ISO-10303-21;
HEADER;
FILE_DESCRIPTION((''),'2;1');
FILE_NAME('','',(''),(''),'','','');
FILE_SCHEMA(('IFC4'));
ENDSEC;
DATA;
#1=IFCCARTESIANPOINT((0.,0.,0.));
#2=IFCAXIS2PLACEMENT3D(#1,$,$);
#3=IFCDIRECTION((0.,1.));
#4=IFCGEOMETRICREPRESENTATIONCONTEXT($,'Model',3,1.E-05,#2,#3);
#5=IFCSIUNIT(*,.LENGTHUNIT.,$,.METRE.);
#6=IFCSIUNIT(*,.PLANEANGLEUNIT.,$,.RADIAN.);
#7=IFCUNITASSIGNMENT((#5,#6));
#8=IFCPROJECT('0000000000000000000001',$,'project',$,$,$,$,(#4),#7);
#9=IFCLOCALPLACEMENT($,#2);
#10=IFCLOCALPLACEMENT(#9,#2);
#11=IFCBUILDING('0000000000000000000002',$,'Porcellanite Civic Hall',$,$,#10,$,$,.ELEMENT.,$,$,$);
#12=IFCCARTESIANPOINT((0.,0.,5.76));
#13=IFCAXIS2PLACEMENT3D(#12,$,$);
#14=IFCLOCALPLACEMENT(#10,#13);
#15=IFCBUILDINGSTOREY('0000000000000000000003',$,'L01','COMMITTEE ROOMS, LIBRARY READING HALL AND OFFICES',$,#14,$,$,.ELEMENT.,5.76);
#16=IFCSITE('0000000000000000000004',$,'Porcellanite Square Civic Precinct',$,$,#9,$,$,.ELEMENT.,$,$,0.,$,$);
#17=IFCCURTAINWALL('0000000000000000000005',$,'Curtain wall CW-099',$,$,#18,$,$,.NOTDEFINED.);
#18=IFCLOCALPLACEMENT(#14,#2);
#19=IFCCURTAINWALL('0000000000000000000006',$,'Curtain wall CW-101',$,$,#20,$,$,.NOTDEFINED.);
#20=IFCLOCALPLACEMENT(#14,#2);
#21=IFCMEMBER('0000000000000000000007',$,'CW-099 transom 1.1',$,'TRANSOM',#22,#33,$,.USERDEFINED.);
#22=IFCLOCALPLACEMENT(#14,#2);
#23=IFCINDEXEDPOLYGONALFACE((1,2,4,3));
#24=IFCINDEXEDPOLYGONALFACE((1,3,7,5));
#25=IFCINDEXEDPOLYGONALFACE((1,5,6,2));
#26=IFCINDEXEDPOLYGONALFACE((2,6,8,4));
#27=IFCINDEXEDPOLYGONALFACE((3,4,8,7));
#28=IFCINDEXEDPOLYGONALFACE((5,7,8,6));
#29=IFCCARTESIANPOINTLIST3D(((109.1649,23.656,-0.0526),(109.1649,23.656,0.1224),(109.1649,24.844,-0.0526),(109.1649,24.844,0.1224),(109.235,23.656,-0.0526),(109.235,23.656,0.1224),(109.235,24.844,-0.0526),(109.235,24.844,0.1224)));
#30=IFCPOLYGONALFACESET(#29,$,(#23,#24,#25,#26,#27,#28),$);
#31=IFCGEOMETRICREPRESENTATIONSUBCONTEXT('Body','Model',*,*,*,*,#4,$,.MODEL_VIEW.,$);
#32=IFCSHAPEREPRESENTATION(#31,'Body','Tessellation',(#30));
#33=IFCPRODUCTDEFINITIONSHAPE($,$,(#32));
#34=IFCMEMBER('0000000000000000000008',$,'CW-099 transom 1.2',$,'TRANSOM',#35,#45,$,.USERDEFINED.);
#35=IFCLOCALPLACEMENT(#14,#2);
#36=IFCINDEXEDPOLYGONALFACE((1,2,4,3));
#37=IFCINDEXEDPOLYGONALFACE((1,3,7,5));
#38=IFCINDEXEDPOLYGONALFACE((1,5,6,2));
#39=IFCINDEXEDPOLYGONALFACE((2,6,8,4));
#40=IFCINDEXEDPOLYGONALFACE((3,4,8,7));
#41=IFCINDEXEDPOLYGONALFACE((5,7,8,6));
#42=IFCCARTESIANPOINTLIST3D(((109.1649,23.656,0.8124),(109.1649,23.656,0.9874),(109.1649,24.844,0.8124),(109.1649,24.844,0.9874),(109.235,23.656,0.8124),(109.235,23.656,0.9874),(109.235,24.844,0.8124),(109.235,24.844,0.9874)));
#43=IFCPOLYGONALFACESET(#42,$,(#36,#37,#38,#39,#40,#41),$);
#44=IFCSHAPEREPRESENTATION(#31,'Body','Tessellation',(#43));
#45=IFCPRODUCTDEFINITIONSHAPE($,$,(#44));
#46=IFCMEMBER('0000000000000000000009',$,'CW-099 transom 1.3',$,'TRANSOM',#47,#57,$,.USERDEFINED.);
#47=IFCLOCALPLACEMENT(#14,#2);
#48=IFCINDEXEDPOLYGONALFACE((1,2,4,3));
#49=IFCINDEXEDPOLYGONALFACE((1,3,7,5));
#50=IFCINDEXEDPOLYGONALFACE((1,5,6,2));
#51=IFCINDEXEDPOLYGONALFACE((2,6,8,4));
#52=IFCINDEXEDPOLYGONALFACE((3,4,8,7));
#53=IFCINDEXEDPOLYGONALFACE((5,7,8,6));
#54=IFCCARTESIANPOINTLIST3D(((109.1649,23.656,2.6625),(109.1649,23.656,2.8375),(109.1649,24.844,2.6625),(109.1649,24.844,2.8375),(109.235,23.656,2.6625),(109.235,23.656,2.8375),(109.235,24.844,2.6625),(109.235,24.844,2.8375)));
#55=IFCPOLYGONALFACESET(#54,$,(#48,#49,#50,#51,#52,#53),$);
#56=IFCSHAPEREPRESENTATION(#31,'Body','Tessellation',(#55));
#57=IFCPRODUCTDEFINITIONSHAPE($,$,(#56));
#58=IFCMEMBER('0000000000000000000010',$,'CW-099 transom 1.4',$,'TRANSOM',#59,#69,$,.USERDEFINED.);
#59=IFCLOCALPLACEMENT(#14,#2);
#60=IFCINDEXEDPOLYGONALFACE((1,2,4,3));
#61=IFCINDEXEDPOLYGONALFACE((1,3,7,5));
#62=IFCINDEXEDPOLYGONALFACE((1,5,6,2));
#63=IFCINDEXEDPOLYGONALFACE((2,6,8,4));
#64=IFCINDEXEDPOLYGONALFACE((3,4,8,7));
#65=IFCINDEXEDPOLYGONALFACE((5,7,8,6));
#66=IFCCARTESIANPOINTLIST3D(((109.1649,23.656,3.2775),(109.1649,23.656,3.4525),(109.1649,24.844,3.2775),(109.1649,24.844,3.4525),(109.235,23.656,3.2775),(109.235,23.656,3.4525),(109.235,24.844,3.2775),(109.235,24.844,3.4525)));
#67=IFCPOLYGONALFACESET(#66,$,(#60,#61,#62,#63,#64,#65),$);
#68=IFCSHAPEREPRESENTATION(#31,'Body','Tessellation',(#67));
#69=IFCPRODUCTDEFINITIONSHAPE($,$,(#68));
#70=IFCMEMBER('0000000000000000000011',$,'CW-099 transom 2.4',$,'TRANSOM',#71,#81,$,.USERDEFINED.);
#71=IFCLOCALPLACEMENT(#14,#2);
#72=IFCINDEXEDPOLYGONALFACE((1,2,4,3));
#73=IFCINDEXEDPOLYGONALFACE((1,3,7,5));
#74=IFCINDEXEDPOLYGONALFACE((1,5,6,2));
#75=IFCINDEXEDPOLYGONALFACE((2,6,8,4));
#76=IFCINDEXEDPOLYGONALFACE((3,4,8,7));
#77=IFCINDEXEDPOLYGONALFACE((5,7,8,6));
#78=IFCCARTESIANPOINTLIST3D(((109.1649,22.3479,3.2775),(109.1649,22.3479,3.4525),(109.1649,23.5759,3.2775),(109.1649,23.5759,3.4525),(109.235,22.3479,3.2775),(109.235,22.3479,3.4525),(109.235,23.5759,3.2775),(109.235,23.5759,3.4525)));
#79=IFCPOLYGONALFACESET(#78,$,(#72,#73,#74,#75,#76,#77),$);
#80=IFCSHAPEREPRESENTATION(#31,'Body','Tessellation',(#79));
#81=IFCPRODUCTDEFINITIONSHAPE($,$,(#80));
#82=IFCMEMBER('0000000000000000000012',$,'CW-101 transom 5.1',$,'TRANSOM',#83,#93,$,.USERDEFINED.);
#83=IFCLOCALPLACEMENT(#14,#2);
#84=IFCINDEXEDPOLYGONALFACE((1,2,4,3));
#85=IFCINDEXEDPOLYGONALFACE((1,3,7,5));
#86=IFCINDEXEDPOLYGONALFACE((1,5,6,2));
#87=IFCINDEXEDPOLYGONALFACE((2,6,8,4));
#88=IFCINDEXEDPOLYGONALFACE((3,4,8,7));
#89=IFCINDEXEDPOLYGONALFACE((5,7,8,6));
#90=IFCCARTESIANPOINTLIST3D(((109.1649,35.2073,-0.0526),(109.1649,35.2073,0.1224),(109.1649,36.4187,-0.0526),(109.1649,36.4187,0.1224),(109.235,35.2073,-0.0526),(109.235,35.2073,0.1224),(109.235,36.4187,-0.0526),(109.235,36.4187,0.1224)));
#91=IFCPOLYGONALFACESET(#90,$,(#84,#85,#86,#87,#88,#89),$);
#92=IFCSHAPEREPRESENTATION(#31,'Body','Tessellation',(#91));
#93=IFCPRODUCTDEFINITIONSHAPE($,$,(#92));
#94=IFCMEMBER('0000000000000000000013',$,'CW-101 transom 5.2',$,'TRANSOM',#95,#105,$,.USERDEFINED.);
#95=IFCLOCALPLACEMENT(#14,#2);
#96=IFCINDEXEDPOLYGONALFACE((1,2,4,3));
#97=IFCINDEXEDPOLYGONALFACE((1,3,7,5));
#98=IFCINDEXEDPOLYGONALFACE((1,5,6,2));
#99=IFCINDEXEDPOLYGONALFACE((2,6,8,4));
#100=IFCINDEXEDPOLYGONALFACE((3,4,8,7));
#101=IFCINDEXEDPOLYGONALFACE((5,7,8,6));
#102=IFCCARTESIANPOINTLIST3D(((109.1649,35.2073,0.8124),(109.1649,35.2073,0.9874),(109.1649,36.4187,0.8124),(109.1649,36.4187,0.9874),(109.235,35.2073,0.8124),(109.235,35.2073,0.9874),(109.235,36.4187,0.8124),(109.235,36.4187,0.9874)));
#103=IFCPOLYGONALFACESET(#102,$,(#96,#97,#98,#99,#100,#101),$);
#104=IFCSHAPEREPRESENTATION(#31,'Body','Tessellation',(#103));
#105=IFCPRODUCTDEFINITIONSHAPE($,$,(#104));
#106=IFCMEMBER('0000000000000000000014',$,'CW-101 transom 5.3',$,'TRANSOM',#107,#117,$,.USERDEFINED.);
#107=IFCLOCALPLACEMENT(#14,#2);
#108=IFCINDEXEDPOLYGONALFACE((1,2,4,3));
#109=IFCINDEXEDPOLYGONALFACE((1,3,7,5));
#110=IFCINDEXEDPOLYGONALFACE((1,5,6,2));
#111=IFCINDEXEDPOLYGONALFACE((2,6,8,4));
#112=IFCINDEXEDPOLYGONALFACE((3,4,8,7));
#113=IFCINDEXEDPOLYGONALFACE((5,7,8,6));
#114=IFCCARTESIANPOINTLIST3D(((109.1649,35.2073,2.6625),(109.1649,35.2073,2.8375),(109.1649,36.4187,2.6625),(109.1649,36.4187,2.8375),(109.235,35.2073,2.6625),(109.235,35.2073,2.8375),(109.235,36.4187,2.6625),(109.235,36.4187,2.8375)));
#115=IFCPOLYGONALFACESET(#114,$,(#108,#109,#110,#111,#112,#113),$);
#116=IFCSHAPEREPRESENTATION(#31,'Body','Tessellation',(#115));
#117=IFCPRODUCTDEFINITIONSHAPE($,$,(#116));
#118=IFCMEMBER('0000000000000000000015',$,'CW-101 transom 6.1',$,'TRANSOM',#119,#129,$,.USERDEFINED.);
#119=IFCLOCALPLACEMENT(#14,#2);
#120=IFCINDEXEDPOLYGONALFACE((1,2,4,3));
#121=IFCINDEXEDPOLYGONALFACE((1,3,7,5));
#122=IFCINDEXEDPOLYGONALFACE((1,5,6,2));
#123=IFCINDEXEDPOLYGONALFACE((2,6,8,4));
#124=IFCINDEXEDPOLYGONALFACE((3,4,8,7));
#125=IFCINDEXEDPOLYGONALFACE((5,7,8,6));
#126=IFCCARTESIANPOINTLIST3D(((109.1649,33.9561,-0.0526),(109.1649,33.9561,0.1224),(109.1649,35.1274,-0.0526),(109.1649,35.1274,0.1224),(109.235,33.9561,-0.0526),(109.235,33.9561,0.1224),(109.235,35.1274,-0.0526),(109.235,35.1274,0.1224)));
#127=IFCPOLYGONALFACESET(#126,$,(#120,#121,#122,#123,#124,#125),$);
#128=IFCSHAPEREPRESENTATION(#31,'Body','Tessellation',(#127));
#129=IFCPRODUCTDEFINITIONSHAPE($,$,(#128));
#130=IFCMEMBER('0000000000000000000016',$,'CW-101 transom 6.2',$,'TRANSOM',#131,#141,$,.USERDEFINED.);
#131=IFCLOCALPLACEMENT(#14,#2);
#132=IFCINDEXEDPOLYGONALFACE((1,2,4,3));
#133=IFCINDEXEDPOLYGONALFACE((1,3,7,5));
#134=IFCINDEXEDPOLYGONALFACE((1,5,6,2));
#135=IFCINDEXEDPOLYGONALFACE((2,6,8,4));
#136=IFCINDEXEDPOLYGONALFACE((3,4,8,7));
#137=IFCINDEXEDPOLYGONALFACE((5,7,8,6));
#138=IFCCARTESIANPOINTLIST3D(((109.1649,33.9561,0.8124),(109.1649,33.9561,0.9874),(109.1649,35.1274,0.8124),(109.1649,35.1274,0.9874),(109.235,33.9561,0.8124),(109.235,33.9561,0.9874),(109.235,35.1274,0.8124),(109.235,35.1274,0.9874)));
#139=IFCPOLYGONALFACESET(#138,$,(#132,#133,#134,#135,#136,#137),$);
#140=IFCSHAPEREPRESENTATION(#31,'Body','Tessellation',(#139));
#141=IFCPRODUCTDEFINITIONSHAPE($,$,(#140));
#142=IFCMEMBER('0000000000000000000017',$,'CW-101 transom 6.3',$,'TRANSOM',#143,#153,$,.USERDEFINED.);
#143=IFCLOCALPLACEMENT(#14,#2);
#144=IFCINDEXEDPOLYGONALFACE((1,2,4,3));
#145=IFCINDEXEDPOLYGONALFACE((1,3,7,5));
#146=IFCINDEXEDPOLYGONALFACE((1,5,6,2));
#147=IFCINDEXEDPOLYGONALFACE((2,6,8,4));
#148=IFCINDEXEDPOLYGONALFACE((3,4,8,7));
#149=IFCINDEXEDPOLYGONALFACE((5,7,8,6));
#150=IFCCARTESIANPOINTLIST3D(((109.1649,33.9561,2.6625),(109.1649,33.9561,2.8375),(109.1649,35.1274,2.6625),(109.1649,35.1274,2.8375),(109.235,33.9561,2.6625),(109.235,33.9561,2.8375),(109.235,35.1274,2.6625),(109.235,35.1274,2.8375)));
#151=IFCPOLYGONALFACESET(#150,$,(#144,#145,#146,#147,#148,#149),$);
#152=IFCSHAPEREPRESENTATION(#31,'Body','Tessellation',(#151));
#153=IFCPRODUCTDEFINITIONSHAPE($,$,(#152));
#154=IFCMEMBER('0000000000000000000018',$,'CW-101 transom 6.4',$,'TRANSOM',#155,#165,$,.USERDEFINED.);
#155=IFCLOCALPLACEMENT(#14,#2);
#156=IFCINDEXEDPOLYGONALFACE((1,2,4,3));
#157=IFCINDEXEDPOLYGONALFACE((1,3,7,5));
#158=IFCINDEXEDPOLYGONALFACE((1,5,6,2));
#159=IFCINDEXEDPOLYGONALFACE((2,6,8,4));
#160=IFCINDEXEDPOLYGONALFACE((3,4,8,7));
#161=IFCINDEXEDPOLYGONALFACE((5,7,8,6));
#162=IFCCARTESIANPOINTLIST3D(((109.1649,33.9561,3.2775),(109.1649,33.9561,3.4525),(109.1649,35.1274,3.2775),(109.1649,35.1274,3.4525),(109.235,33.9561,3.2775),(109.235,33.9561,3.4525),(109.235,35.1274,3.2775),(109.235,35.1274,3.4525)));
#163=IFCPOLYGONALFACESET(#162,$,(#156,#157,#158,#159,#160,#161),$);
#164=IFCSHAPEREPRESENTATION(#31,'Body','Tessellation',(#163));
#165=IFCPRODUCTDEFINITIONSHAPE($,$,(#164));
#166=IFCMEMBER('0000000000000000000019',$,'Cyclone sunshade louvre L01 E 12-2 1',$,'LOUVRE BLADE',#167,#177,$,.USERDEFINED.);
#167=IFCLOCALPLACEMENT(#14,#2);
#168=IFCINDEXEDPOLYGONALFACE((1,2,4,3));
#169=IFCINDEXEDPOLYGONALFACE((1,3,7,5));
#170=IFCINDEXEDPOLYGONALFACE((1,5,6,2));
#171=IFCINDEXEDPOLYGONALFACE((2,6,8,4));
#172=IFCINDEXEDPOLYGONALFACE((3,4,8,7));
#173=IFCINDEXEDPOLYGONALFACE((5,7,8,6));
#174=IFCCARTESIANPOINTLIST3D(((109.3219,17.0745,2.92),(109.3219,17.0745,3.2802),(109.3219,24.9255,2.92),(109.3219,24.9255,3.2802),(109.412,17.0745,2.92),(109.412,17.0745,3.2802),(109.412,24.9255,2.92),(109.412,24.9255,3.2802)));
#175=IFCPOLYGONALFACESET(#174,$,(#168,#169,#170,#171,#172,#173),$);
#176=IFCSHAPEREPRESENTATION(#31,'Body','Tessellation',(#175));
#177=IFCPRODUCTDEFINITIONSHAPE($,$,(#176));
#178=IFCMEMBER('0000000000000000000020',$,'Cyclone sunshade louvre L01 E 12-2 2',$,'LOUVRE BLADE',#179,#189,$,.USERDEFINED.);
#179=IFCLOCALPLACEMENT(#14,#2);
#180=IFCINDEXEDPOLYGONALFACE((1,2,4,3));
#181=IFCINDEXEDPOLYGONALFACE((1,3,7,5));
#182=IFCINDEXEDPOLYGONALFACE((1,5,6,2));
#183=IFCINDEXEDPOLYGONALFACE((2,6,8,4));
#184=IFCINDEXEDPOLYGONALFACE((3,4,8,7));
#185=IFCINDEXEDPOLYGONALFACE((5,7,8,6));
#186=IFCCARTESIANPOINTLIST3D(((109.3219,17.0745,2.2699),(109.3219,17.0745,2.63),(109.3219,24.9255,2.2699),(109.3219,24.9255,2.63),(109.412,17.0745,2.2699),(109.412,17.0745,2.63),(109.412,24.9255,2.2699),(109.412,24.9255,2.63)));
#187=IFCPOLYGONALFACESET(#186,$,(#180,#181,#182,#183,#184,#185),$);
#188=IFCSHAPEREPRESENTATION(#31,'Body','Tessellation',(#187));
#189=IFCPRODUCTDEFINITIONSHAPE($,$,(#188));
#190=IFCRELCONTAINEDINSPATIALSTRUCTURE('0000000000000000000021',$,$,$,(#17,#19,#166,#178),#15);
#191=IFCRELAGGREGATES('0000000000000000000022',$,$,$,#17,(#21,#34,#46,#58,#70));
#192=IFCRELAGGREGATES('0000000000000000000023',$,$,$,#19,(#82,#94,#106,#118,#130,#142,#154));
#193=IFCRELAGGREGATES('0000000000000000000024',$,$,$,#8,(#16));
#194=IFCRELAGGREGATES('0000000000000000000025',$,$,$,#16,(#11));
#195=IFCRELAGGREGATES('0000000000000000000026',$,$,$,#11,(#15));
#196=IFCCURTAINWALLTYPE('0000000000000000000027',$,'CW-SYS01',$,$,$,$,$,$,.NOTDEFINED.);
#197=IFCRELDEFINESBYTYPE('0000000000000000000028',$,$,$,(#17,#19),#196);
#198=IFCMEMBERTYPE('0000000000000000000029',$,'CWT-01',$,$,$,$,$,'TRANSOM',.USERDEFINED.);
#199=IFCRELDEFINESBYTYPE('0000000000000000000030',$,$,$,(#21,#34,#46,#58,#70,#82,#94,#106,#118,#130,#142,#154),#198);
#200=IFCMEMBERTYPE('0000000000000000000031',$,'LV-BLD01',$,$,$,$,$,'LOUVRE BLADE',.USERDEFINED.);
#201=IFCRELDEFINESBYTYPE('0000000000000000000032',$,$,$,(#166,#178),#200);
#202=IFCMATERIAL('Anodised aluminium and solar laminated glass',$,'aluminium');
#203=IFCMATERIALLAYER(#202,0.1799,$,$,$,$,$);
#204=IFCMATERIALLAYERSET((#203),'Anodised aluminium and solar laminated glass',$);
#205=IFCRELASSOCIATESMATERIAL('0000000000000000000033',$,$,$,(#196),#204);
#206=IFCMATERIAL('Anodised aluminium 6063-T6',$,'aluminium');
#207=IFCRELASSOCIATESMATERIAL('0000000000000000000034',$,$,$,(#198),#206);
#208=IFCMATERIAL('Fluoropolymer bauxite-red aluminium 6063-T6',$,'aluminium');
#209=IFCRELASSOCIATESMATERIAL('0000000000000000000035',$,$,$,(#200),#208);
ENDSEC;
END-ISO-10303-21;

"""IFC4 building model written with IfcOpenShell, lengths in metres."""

from ifc_helpers import new_model, si_unit, direction, frame, origin, origin_2d, place, context, subcontext, project, spatial, rectangle, extrude, material, layer, layer_set, material_profile, profile_set, type_object, element, aggregate, save


model = new_model("IFC4")

# Units and contexts
model_context = context("Model", 3, precision=1e-05, world=origin(), true_north=direction((0.0, 1.0)))
body_context = subcontext(model_context, "Body", "Model", "MODEL_VIEW")
ifc_project = project(units=[si_unit("LENGTHUNIT", "METRE"), si_unit("PLANEANGLEUNIT", "RADIAN")], contexts=[model_context])

# Site, building, storey
site_placement = place(None, origin())
site = spatial("IfcSite", under=ifc_project, at=site_placement, Name="Porcellanite Square Civic Precinct", CompositionType="ELEMENT", RefElevation=0.0)
building_placement = place(site_placement, origin())
building = spatial("IfcBuilding", under=site, at=building_placement, Name="Porcellanite Civic Hall", CompositionType="ELEMENT")
storey_placement = place(building_placement, frame((0.0, 0.0, 5.76)))
storey = spatial("IfcBuildingStorey", under=building, at=storey_placement, Name="L01", Description="COMMITTEE ROOMS, LIBRARY READING HALL AND OFFICES", CompositionType="ELEMENT", Elevation=5.76)

# Curtain walls
ifc_material_1 = material(Name="Anodised aluminium and solar laminated glass", Category="aluminium")
ifc_layer_1 = layer(ifc_material_1, 0.1799)
ifc_layer_set_1 = layer_set([ifc_layer_1], Name="Anodised aluminium and solar laminated glass")
curtain_wall_type = type_object("IfcCurtainWallType", Name="CW-SYS01", PredefinedType="NOTDEFINED", material=ifc_layer_set_1)
curtain_wall_1_placement = place(storey_placement, origin())
curtain_wall_1 = element("IfcCurtainWall", 1, at=curtain_wall_1_placement, inside=storey, type_object=curtain_wall_type, Name="Curtain wall CW-099", PredefinedType="NOTDEFINED")
curtain_wall_2_placement = place(storey_placement, origin())
curtain_wall_2 = element("IfcCurtainWall", 2, at=curtain_wall_2_placement, inside=storey, type_object=curtain_wall_type, Name="Curtain wall CW-101", PredefinedType="NOTDEFINED")

# Members
ifc_material_2 = material(Name="Anodised aluminium 6063-T6", Category="aluminium")
ifc_material_profile_1 = material_profile(ifc_material_2, rectangle(XDim=0.0701, YDim=0.175, at=origin_2d()), Name="AL-70x175")
ifc_profile_set_1 = profile_set([ifc_material_profile_1], Name="Anodised aluminium 6063-T6")
member_type_1 = type_object("IfcMemberType", Name="CWT-01", ElementType="TRANSOM", PredefinedType="USERDEFINED", material=ifc_profile_set_1)
member_1_placement = place(storey_placement, frame((109.2, 24.844, 0.0349), z_axis=(0.0, -1.0, 0.0), x_axis=(1.0, 0.0, 0.0)))
member_1 = element("IfcMember", 3, at=member_1_placement, type_object=member_type_1, Name="CW-099 transom 1.1", ObjectType="TRANSOM", PredefinedType="USERDEFINED", context=body_context, shape_type="SweptSolid", body=[
    extrude(rectangle(XDim=0.0701, YDim=0.175, at=origin_2d()), origin(), (0.0, 0.0, 1.0), 1.188),
])
member_2_placement = place(storey_placement, frame((109.2, 24.844, 0.8999), z_axis=(0.0, -1.0, 0.0), x_axis=(1.0, 0.0, 0.0)))
member_2 = element("IfcMember", 4, at=member_2_placement, type_object=member_type_1, Name="CW-099 transom 1.2", ObjectType="TRANSOM", PredefinedType="USERDEFINED", context=body_context, shape_type="SweptSolid", body=[
    extrude(rectangle(XDim=0.0701, YDim=0.175, at=origin_2d()), origin(), (0.0, 0.0, 1.0), 1.188),
])
member_3_placement = place(storey_placement, frame((109.2, 24.844, 2.75), z_axis=(0.0, -1.0, 0.0), x_axis=(1.0, 0.0, 0.0)))
member_3 = element("IfcMember", 5, at=member_3_placement, type_object=member_type_1, Name="CW-099 transom 1.3", ObjectType="TRANSOM", PredefinedType="USERDEFINED", context=body_context, shape_type="SweptSolid", body=[
    extrude(rectangle(XDim=0.0701, YDim=0.175, at=origin_2d()), origin(), (0.0, 0.0, 1.0), 1.188),
])
member_4_placement = place(storey_placement, frame((109.2, 24.844, 3.365), z_axis=(0.0, -1.0, 0.0), x_axis=(1.0, 0.0, 0.0)))
member_4 = element("IfcMember", 6, at=member_4_placement, type_object=member_type_1, Name="CW-099 transom 1.4", ObjectType="TRANSOM", PredefinedType="USERDEFINED", context=body_context, shape_type="SweptSolid", body=[
    extrude(rectangle(XDim=0.0701, YDim=0.175, at=origin_2d()), origin(), (0.0, 0.0, 1.0), 1.188),
])
member_5_placement = place(storey_placement, frame((109.2, 23.5759, 3.365), z_axis=(0.0, -1.0, 0.0), x_axis=(1.0, 0.0, 0.0)))
member_5 = element("IfcMember", 7, at=member_5_placement, type_object=member_type_1, Name="CW-099 transom 2.4", ObjectType="TRANSOM", PredefinedType="USERDEFINED", context=body_context, shape_type="SweptSolid", body=[
    extrude(rectangle(XDim=0.0701, YDim=0.175, at=origin_2d()), origin(), (0.0, 0.0, 1.0), 1.228),
])
member_6_placement = place(storey_placement, frame((109.2, 36.4187, 0.0349), z_axis=(0.0, -1.0, 0.0), x_axis=(1.0, 0.0, 0.0)))
member_6 = element("IfcMember", 8, at=member_6_placement, type_object=member_type_1, Name="CW-101 transom 5.1", ObjectType="TRANSOM", PredefinedType="USERDEFINED", context=body_context, shape_type="SweptSolid", body=[
    extrude(rectangle(XDim=0.0701, YDim=0.175, at=origin_2d()), origin(), (0.0, 0.0, 1.0), 1.2114),
])
member_7_placement = place(storey_placement, frame((109.2, 36.4187, 0.8999), z_axis=(0.0, -1.0, 0.0), x_axis=(1.0, 0.0, 0.0)))
member_7 = element("IfcMember", 9, at=member_7_placement, type_object=member_type_1, Name="CW-101 transom 5.2", ObjectType="TRANSOM", PredefinedType="USERDEFINED", context=body_context, shape_type="SweptSolid", body=[
    extrude(rectangle(XDim=0.0701, YDim=0.175, at=origin_2d()), origin(), (0.0, 0.0, 1.0), 1.2114),
])
member_8_placement = place(storey_placement, frame((109.2, 36.4187, 2.75), z_axis=(0.0, -1.0, 0.0), x_axis=(1.0, 0.0, 0.0)))
member_8 = element("IfcMember", 10, at=member_8_placement, type_object=member_type_1, Name="CW-101 transom 5.3", ObjectType="TRANSOM", PredefinedType="USERDEFINED", context=body_context, shape_type="SweptSolid", body=[
    extrude(rectangle(XDim=0.0701, YDim=0.175, at=origin_2d()), origin(), (0.0, 0.0, 1.0), 1.2114),
])
member_9_placement = place(storey_placement, frame((109.2, 35.1274, 0.0349), z_axis=(0.0, -1.0, 0.0), x_axis=(1.0, 0.0, 0.0)))
member_9 = element("IfcMember", 11, at=member_9_placement, type_object=member_type_1, Name="CW-101 transom 6.1", ObjectType="TRANSOM", PredefinedType="USERDEFINED", context=body_context, shape_type="SweptSolid", body=[
    extrude(rectangle(XDim=0.0701, YDim=0.175, at=origin_2d()), origin(), (0.0, 0.0, 1.0), 1.1714),
])
member_10_placement = place(storey_placement, frame((109.2, 35.1274, 0.8999), z_axis=(0.0, -1.0, 0.0), x_axis=(1.0, 0.0, 0.0)))
member_10 = element("IfcMember", 12, at=member_10_placement, type_object=member_type_1, Name="CW-101 transom 6.2", ObjectType="TRANSOM", PredefinedType="USERDEFINED", context=body_context, shape_type="SweptSolid", body=[
    extrude(rectangle(XDim=0.0701, YDim=0.175, at=origin_2d()), origin(), (0.0, 0.0, 1.0), 1.1714),
])
member_11_placement = place(storey_placement, frame((109.2, 35.1274, 2.75), z_axis=(0.0, -1.0, 0.0), x_axis=(1.0, 0.0, 0.0)))
member_11 = element("IfcMember", 13, at=member_11_placement, type_object=member_type_1, Name="CW-101 transom 6.3", ObjectType="TRANSOM", PredefinedType="USERDEFINED", context=body_context, shape_type="SweptSolid", body=[
    extrude(rectangle(XDim=0.0701, YDim=0.175, at=origin_2d()), origin(), (0.0, 0.0, 1.0), 1.1714),
])
member_12_placement = place(storey_placement, frame((109.2, 35.1274, 3.365), z_axis=(0.0, -1.0, 0.0), x_axis=(1.0, 0.0, 0.0)))
member_12 = element("IfcMember", 14, at=member_12_placement, type_object=member_type_1, Name="CW-101 transom 6.4", ObjectType="TRANSOM", PredefinedType="USERDEFINED", context=body_context, shape_type="SweptSolid", body=[
    extrude(rectangle(XDim=0.0701, YDim=0.175, at=origin_2d()), origin(), (0.0, 0.0, 1.0), 1.1714),
])

# Members
ifc_material_3 = material(Name="Fluoropolymer bauxite-red aluminium 6063-T6", Category="aluminium")
ifc_material_profile_2 = material_profile(ifc_material_3, rectangle(XDim=0.0901, YDim=0.3601, at=origin_2d()), Name="AL-90x360")
ifc_profile_set_2 = profile_set([ifc_material_profile_2], Name="Fluoropolymer bauxite-red aluminium 6063-T6")
member_type_2 = type_object("IfcMemberType", Name="LV-BLD01", ElementType="LOUVRE BLADE", PredefinedType="USERDEFINED", material=ifc_profile_set_2)
for number, where, z_axis, x_axis, name in (
    (15, (109.3669, 24.9255, 3.1001), (0.0, -1.0, 0.0), (1.0, 0.0, 0.0), "Cyclone sunshade louvre L01 E 12-2 1"),
    (16, (109.3669, 24.9255, 2.45), (0.0, -1.0, 0.0), (1.0, 0.0, 0.0), "Cyclone sunshade louvre L01 E 12-2 2"),
):
    element("IfcMember", number, at=place(storey_placement, frame(where, z_axis=z_axis, x_axis=x_axis)), inside=storey, type_object=member_type_2, Name=name, ObjectType="LOUVRE BLADE", PredefinedType="USERDEFINED", context=body_context, shape_type="SweptSolid", body=[
        extrude(rectangle(XDim=0.0901, YDim=0.3601, at=origin_2d()), origin(), (0.0, 0.0, 1.0), 7.8511),
    ])

aggregate(curtain_wall_1, [member_1, member_2, member_3, member_4, member_5])
aggregate(curtain_wall_2, [member_6, member_7, member_8, member_9, member_10, member_11, member_12])

save(model, "model.ifc")
